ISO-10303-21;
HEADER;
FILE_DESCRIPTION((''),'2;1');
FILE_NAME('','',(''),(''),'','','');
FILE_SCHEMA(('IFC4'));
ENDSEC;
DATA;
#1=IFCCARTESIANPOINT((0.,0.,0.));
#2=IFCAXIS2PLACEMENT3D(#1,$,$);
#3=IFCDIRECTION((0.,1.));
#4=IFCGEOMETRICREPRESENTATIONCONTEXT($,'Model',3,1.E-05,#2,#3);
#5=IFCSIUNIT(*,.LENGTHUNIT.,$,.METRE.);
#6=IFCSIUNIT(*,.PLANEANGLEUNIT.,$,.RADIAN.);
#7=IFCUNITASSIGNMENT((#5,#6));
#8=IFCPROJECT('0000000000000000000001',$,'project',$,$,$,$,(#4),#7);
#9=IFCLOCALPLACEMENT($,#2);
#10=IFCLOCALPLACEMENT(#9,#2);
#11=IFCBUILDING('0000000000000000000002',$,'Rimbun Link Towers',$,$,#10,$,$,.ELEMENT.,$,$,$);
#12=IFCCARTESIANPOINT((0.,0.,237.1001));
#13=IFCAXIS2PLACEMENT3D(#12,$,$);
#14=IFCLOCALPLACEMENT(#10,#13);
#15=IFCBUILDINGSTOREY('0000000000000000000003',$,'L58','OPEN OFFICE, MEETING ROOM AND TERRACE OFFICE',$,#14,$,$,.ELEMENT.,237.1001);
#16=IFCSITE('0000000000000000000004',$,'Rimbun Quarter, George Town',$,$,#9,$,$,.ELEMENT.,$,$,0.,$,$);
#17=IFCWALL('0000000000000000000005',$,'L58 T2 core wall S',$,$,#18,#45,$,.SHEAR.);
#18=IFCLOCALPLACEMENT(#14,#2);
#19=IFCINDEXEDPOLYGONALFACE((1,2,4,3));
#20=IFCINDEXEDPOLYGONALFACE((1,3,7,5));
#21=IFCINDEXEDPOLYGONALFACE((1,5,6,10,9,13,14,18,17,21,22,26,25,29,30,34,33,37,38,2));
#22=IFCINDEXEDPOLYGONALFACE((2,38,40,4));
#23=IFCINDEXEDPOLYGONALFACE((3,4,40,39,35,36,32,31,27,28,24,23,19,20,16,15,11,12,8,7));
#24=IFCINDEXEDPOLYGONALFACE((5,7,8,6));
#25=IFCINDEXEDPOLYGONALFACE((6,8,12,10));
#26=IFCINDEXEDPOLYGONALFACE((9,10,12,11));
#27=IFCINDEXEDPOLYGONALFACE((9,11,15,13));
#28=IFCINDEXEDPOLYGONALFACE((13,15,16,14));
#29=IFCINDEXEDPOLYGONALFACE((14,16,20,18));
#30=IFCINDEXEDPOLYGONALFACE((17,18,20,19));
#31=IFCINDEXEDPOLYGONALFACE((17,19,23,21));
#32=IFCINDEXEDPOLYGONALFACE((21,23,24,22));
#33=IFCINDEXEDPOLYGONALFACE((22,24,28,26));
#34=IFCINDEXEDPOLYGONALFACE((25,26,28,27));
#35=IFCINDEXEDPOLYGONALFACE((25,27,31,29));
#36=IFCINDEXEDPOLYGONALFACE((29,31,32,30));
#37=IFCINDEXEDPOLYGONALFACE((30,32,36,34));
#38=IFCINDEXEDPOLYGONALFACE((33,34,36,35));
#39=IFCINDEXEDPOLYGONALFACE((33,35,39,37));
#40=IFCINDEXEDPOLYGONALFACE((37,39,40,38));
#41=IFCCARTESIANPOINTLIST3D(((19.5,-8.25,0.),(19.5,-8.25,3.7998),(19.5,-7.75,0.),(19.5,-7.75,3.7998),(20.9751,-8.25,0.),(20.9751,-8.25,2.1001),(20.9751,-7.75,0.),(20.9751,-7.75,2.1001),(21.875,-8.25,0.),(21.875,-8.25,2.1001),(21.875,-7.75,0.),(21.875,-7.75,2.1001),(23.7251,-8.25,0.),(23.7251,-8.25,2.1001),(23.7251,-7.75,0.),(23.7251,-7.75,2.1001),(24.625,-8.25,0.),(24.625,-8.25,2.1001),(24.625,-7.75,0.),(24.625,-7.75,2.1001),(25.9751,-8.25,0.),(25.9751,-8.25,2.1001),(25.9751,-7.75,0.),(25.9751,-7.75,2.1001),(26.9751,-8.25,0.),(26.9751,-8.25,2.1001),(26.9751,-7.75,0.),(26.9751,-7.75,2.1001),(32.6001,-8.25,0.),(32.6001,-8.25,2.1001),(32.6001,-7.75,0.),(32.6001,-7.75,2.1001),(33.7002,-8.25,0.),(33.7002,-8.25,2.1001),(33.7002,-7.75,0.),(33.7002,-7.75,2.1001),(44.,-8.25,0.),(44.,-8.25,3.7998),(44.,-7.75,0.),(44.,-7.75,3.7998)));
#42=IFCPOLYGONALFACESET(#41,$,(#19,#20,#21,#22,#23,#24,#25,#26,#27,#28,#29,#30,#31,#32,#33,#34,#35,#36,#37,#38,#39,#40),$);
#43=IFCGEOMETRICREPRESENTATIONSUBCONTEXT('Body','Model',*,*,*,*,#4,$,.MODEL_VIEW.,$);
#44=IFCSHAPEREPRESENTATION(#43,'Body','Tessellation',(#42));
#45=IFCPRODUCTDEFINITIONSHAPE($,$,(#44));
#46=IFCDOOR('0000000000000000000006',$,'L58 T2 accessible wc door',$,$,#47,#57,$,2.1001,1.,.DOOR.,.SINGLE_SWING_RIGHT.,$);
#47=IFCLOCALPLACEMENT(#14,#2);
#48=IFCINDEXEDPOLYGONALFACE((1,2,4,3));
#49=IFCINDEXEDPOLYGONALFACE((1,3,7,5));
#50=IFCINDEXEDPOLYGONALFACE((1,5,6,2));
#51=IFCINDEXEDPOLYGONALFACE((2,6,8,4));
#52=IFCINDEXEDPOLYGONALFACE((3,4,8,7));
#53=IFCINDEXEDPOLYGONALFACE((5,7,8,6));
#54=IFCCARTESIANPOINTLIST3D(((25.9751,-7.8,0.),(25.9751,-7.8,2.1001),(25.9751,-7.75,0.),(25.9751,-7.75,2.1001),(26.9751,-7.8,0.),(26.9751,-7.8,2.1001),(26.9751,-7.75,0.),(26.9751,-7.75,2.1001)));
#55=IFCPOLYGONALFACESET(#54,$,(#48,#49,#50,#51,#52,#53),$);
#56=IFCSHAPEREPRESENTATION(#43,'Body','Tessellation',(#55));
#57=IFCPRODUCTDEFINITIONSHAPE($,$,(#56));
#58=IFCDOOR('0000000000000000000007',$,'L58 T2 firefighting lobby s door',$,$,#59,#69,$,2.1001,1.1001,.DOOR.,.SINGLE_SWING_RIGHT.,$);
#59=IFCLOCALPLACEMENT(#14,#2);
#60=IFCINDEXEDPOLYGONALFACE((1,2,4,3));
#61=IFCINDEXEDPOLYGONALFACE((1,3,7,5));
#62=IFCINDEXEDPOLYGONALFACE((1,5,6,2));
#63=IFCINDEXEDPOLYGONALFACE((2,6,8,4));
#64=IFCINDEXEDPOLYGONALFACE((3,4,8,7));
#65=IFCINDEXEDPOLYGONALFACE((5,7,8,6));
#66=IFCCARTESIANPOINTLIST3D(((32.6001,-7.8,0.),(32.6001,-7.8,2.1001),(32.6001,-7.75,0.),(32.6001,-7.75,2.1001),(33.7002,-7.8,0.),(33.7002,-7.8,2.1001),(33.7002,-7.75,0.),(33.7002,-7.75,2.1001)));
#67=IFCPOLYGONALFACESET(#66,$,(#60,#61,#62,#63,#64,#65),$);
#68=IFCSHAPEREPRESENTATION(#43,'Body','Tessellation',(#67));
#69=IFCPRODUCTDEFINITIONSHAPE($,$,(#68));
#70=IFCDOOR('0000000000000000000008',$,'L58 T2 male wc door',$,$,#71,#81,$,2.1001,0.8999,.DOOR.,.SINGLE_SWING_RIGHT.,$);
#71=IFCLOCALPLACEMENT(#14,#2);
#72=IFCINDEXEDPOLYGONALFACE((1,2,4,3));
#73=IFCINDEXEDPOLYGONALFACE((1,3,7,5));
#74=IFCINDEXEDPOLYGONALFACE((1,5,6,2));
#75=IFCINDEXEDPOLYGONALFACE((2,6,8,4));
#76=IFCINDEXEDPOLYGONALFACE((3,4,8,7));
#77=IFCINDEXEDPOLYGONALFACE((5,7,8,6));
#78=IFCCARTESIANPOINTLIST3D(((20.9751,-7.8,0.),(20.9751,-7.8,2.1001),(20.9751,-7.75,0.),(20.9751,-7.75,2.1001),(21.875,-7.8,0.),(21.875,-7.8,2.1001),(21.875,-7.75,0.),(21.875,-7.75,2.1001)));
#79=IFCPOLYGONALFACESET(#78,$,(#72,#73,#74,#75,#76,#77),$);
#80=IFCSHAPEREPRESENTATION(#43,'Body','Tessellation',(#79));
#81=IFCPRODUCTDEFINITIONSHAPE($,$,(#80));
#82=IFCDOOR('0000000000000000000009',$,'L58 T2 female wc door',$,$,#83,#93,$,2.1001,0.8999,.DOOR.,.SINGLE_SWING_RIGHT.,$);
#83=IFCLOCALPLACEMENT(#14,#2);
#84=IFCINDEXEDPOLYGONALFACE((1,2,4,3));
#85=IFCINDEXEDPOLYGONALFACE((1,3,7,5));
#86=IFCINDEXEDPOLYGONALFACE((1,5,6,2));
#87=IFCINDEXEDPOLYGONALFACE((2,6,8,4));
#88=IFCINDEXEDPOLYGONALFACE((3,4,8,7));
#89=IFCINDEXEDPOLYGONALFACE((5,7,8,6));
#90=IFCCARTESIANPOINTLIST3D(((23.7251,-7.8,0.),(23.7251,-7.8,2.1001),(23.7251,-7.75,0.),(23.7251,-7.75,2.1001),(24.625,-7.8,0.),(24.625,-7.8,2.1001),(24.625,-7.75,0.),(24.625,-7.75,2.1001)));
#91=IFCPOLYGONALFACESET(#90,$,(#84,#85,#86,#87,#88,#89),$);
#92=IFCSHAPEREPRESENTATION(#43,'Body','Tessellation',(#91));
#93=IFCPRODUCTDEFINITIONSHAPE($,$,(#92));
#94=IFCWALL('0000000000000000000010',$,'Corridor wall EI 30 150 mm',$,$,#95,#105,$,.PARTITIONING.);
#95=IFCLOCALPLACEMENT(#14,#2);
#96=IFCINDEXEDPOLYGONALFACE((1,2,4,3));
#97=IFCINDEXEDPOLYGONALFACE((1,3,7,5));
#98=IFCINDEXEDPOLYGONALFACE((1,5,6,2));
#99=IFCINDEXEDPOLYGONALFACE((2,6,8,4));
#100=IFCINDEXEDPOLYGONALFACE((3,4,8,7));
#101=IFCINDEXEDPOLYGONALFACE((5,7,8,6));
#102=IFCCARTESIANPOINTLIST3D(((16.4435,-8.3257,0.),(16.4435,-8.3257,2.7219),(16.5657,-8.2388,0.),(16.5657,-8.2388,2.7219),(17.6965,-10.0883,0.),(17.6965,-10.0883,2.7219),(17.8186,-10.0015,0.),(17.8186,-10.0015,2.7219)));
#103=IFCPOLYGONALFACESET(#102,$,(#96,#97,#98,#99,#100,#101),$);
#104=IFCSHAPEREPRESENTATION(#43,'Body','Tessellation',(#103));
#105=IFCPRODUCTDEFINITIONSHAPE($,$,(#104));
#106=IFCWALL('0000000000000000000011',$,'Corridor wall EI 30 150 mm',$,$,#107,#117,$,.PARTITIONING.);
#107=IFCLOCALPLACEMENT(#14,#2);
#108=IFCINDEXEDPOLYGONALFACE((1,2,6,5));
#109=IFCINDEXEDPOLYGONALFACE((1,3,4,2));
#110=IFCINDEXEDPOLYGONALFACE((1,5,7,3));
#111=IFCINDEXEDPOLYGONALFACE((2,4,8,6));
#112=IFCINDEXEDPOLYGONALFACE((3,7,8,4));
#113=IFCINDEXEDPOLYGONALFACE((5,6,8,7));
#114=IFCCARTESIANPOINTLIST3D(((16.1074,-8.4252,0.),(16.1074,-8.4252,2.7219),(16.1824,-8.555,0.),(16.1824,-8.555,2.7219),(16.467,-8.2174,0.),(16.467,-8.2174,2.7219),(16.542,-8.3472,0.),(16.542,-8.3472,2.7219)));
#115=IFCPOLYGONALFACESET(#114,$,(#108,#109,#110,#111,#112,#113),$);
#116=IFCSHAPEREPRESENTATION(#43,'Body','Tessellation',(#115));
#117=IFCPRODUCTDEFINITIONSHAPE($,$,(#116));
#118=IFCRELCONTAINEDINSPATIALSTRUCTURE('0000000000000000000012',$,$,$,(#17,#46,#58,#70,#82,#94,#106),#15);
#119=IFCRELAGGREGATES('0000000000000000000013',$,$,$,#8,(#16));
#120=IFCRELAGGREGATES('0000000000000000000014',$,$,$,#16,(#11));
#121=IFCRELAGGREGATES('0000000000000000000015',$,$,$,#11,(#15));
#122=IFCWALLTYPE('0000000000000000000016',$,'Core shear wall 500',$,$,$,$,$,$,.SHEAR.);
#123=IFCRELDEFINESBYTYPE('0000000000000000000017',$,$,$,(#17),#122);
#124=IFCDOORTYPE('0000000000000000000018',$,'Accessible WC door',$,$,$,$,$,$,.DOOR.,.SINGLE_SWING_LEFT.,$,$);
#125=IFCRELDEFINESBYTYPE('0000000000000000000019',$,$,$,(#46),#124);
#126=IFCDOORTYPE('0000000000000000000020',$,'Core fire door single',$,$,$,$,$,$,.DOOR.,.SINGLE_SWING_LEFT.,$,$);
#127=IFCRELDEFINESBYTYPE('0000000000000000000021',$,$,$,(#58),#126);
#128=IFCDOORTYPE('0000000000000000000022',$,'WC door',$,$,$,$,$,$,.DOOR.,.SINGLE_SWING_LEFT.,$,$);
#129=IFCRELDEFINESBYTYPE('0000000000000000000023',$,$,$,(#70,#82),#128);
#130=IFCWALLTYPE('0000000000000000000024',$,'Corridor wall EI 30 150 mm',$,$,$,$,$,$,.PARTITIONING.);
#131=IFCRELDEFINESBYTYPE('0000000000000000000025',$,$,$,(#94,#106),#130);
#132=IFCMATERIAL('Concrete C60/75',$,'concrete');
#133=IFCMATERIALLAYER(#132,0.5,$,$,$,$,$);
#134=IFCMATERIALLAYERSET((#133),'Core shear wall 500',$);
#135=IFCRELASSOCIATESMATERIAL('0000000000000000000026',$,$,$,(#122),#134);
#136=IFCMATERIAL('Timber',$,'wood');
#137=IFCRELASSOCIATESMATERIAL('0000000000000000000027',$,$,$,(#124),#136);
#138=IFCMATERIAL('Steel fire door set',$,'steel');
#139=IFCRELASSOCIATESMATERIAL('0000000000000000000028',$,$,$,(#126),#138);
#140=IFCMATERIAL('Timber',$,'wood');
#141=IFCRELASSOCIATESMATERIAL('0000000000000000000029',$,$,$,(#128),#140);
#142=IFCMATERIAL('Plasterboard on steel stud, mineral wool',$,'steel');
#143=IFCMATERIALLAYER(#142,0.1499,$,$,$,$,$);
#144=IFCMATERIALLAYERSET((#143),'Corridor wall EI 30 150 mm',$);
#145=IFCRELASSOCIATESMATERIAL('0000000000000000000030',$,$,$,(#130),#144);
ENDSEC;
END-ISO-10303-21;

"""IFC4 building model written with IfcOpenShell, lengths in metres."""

from ifc_helpers import new_model, si_unit, direction, frame, frame_2d, origin, place, context, subcontext, project, spatial, rectangle, extrude, material, layer, layer_set, type_object, element, fill, save


model = new_model("IFC4")

# Units and contexts
model_context = context("Model", 3, precision=1e-05, world=origin(), true_north=direction((0.0, 1.0)))
body_context = subcontext(model_context, "Body", "Model", "MODEL_VIEW")
ifc_project = project(units=[si_unit("LENGTHUNIT", "METRE"), si_unit("PLANEANGLEUNIT", "RADIAN")], contexts=[model_context])

# Site, building, storey
site_placement = place(None, origin())
site = spatial("IfcSite", under=ifc_project, at=site_placement, Name="Rimbun Quarter, George Town", CompositionType="ELEMENT", RefElevation=0.0)
building_placement = place(site_placement, origin())
building = spatial("IfcBuilding", under=site, at=building_placement, Name="Rimbun Link Towers", CompositionType="ELEMENT")
storey_placement = place(building_placement, frame((0.0, 0.0, 237.1001)))
storey = spatial("IfcBuildingStorey", under=building, at=storey_placement, Name="L58", Description="OPEN OFFICE, MEETING ROOM AND TERRACE OFFICE", CompositionType="ELEMENT", Elevation=237.1001)

# Wall, openings, doors
ifc_material_1 = material(Name="Concrete C60/75", Category="concrete")
ifc_layer_1 = layer(ifc_material_1, 0.5)
ifc_layer_set_1 = layer_set([ifc_layer_1], Name="Core shear wall 500")
wall_type_1 = type_object("IfcWallType", Name="Core shear wall 500", PredefinedType="SHEAR", material=ifc_layer_set_1)
wall_1_placement = place(storey_placement, frame((19.5, -8.0, 0.0), z_axis=(0.0, 0.0, 1.0), x_axis=(1.0, 0.0, 0.0)))
wall_1 = element("IfcWall", 1, at=wall_1_placement, inside=storey, type_object=wall_type_1, Name="L58 T2 core wall S", PredefinedType="SHEAR", context=body_context, shape_type="SweptSolid", body=[
    extrude(rectangle(XDim=24.5, YDim=0.5, at=frame_2d((12.25, 0.0))), origin(), (0.0, 0.0, 1.0), 3.7998),
])
opening_1_placement = place(wall_1_placement, frame((13.1001, 0.0, 0.0)))
opening_1 = element("IfcOpeningElement", 2, at=opening_1_placement, cuts=wall_1, PredefinedType="OPENING", context=body_context, shape_type="SweptSolid", body=[
    extrude(rectangle(XDim=1.1001, YDim=2.1001, at=frame_2d((0.55, 1.05))), frame((0.0, 0.26, 0.0), z_axis=(0.0, -1.0, 0.0), x_axis=(1.0, 0.0, 0.0)), (0.0, 0.0, 1.0), 0.52),
])
opening_2_placement = place(wall_1_placement, frame((1.4751, 0.0, 0.0)))
opening_2 = element("IfcOpeningElement", 3, at=opening_2_placement, cuts=wall_1, PredefinedType="OPENING", context=body_context, shape_type="SweptSolid", body=[
    extrude(rectangle(XDim=0.8999, YDim=2.1001, at=frame_2d((0.45, 1.05))), frame((0.0, 0.26, 0.0), z_axis=(0.0, -1.0, 0.0), x_axis=(1.0, 0.0, 0.0)), (0.0, 0.0, 1.0), 0.52),
])
opening_3_placement = place(wall_1_placement, frame((4.2251, 0.0, 0.0)))
opening_3 = element("IfcOpeningElement", 4, at=opening_3_placement, cuts=wall_1, PredefinedType="OPENING", context=body_context, shape_type="SweptSolid", body=[
    extrude(rectangle(XDim=0.8999, YDim=2.1001, at=frame_2d((0.45, 1.05))), frame((0.0, 0.26, 0.0), z_axis=(0.0, -1.0, 0.0), x_axis=(1.0, 0.0, 0.0)), (0.0, 0.0, 1.0), 0.52),
])
opening_4_placement = place(wall_1_placement, frame((6.4751, 0.0, 0.0)))
opening_4 = element("IfcOpeningElement", 5, at=opening_4_placement, cuts=wall_1, PredefinedType="OPENING", context=body_context, shape_type="SweptSolid", body=[
    extrude(rectangle(XDim=1.0, YDim=2.1001, at=frame_2d((0.5, 1.05))), frame((0.0, 0.26, 0.0), z_axis=(0.0, -1.0, 0.0), x_axis=(1.0, 0.0, 0.0)), (0.0, 0.0, 1.0), 0.52),
])
ifc_material_2 = material(Name="Timber", Category="wood")
door_type_1 = type_object("IfcDoorType", Name="Accessible WC door", OperationType="SINGLE_SWING_LEFT", PredefinedType="DOOR", material=ifc_material_2)
door_1_placement = place(opening_4_placement, origin())
door_1 = element("IfcDoor", 6, at=door_1_placement, inside=storey, type_object=door_type_1, Name="L58 T2 accessible wc door", OperationType="SINGLE_SWING_RIGHT", OverallHeight=2.1001, OverallWidth=1.0, PredefinedType="DOOR", context=body_context, shape_type="SweptSolid", body=[
    extrude(rectangle(XDim=1.0, YDim=2.1001, at=frame_2d((0.5, 1.05))), frame((0.0, 0.25, 0.0), z_axis=(0.0, -1.0, 0.0), x_axis=(1.0, 0.0, 0.0)), (0.0, 0.0, 1.0), 0.05),
])
fill(opening_4, door_1)
ifc_material_3 = material(Name="Steel fire door set", Category="steel")
door_type_2 = type_object("IfcDoorType", Name="Core fire door single", OperationType="SINGLE_SWING_LEFT", PredefinedType="DOOR", material=ifc_material_3)
door_2_placement = place(opening_1_placement, origin())
door_2 = element("IfcDoor", 7, at=door_2_placement, inside=storey, type_object=door_type_2, Name="L58 T2 firefighting lobby s door", OperationType="SINGLE_SWING_RIGHT", OverallHeight=2.1001, OverallWidth=1.1001, PredefinedType="DOOR", context=body_context, shape_type="SweptSolid", body=[
    extrude(rectangle(XDim=1.1001, YDim=2.1001, at=frame_2d((0.55, 1.05))), frame((0.0, 0.25, 0.0), z_axis=(0.0, -1.0, 0.0), x_axis=(1.0, 0.0, 0.0)), (0.0, 0.0, 1.0), 0.05),
])
fill(opening_1, door_2)
ifc_material_4 = material(Name="Timber", Category="wood")
door_type_3 = type_object("IfcDoorType", Name="WC door", OperationType="SINGLE_SWING_LEFT", PredefinedType="DOOR", material=ifc_material_4)
door_3_placement = place(opening_2_placement, origin())
door_3 = element("IfcDoor", 8, at=door_3_placement, inside=storey, type_object=door_type_3, Name="L58 T2 male wc door", OperationType="SINGLE_SWING_RIGHT", OverallHeight=2.1001, OverallWidth=0.8999, PredefinedType="DOOR", context=body_context, shape_type="SweptSolid", body=[
    extrude(rectangle(XDim=0.8999, YDim=2.1001, at=frame_2d((0.45, 1.05))), frame((0.0, 0.25, 0.0), z_axis=(0.0, -1.0, 0.0), x_axis=(1.0, 0.0, 0.0)), (0.0, 0.0, 1.0), 0.05),
])
fill(opening_2, door_3)
door_4_placement = place(opening_3_placement, origin())
door_4 = element("IfcDoor", 9, at=door_4_placement, inside=storey, type_object=door_type_3, Name="L58 T2 female wc door", OperationType="SINGLE_SWING_RIGHT", OverallHeight=2.1001, OverallWidth=0.8999, PredefinedType="DOOR", context=body_context, shape_type="SweptSolid", body=[
    extrude(rectangle(XDim=0.8999, YDim=2.1001, at=frame_2d((0.45, 1.05))), frame((0.0, 0.25, 0.0), z_axis=(0.0, -1.0, 0.0), x_axis=(1.0, 0.0, 0.0)), (0.0, 0.0, 1.0), 0.05),
])
fill(opening_3, door_4)

# Walls
ifc_material_5 = material(Name="Plasterboard on steel stud, mineral wool", Category="steel")
ifc_layer_2 = layer(ifc_material_5, 0.1499)
ifc_layer_set_2 = layer_set([ifc_layer_2], Name="Corridor wall EI 30 150 mm")
wall_type_2 = type_object("IfcWallType", Name="Corridor wall EI 30 150 mm", PredefinedType="PARTITIONING", material=ifc_layer_set_2)
wall_2_placement = place(storey_placement, frame((16.5046, -8.2822, 0.0), z_axis=(0.0, 0.0, 1.0), x_axis=(0.579357, -0.815074, 0.0)))
element("IfcWall", 10, at=wall_2_placement, inside=storey, type_object=wall_type_2, Name="Corridor wall EI 30 150 mm", PredefinedType="PARTITIONING", context=body_context, shape_type="SweptSolid", body=[
    extrude(rectangle(XDim=2.1626, YDim=0.1499, at=frame_2d((1.0813, 0.0))), origin(), (0.0, 0.0, 1.0), 2.7219),
])
wall_3_placement = place(storey_placement, frame((16.145, -8.49, 0.0), z_axis=(0.0, 0.0, 1.0), x_axis=(0.865882, 0.500248, 0.0)))
element("IfcWall", 11, at=wall_3_placement, inside=storey, type_object=wall_type_2, Name="Corridor wall EI 30 150 mm", PredefinedType="PARTITIONING", context=body_context, shape_type="SweptSolid", body=[
    extrude(rectangle(XDim=0.4153, YDim=0.1499, at=frame_2d((0.2075, 0.0))), origin(), (0.0, 0.0, 1.0), 2.7219),
])

save(model, "model.ifc")
